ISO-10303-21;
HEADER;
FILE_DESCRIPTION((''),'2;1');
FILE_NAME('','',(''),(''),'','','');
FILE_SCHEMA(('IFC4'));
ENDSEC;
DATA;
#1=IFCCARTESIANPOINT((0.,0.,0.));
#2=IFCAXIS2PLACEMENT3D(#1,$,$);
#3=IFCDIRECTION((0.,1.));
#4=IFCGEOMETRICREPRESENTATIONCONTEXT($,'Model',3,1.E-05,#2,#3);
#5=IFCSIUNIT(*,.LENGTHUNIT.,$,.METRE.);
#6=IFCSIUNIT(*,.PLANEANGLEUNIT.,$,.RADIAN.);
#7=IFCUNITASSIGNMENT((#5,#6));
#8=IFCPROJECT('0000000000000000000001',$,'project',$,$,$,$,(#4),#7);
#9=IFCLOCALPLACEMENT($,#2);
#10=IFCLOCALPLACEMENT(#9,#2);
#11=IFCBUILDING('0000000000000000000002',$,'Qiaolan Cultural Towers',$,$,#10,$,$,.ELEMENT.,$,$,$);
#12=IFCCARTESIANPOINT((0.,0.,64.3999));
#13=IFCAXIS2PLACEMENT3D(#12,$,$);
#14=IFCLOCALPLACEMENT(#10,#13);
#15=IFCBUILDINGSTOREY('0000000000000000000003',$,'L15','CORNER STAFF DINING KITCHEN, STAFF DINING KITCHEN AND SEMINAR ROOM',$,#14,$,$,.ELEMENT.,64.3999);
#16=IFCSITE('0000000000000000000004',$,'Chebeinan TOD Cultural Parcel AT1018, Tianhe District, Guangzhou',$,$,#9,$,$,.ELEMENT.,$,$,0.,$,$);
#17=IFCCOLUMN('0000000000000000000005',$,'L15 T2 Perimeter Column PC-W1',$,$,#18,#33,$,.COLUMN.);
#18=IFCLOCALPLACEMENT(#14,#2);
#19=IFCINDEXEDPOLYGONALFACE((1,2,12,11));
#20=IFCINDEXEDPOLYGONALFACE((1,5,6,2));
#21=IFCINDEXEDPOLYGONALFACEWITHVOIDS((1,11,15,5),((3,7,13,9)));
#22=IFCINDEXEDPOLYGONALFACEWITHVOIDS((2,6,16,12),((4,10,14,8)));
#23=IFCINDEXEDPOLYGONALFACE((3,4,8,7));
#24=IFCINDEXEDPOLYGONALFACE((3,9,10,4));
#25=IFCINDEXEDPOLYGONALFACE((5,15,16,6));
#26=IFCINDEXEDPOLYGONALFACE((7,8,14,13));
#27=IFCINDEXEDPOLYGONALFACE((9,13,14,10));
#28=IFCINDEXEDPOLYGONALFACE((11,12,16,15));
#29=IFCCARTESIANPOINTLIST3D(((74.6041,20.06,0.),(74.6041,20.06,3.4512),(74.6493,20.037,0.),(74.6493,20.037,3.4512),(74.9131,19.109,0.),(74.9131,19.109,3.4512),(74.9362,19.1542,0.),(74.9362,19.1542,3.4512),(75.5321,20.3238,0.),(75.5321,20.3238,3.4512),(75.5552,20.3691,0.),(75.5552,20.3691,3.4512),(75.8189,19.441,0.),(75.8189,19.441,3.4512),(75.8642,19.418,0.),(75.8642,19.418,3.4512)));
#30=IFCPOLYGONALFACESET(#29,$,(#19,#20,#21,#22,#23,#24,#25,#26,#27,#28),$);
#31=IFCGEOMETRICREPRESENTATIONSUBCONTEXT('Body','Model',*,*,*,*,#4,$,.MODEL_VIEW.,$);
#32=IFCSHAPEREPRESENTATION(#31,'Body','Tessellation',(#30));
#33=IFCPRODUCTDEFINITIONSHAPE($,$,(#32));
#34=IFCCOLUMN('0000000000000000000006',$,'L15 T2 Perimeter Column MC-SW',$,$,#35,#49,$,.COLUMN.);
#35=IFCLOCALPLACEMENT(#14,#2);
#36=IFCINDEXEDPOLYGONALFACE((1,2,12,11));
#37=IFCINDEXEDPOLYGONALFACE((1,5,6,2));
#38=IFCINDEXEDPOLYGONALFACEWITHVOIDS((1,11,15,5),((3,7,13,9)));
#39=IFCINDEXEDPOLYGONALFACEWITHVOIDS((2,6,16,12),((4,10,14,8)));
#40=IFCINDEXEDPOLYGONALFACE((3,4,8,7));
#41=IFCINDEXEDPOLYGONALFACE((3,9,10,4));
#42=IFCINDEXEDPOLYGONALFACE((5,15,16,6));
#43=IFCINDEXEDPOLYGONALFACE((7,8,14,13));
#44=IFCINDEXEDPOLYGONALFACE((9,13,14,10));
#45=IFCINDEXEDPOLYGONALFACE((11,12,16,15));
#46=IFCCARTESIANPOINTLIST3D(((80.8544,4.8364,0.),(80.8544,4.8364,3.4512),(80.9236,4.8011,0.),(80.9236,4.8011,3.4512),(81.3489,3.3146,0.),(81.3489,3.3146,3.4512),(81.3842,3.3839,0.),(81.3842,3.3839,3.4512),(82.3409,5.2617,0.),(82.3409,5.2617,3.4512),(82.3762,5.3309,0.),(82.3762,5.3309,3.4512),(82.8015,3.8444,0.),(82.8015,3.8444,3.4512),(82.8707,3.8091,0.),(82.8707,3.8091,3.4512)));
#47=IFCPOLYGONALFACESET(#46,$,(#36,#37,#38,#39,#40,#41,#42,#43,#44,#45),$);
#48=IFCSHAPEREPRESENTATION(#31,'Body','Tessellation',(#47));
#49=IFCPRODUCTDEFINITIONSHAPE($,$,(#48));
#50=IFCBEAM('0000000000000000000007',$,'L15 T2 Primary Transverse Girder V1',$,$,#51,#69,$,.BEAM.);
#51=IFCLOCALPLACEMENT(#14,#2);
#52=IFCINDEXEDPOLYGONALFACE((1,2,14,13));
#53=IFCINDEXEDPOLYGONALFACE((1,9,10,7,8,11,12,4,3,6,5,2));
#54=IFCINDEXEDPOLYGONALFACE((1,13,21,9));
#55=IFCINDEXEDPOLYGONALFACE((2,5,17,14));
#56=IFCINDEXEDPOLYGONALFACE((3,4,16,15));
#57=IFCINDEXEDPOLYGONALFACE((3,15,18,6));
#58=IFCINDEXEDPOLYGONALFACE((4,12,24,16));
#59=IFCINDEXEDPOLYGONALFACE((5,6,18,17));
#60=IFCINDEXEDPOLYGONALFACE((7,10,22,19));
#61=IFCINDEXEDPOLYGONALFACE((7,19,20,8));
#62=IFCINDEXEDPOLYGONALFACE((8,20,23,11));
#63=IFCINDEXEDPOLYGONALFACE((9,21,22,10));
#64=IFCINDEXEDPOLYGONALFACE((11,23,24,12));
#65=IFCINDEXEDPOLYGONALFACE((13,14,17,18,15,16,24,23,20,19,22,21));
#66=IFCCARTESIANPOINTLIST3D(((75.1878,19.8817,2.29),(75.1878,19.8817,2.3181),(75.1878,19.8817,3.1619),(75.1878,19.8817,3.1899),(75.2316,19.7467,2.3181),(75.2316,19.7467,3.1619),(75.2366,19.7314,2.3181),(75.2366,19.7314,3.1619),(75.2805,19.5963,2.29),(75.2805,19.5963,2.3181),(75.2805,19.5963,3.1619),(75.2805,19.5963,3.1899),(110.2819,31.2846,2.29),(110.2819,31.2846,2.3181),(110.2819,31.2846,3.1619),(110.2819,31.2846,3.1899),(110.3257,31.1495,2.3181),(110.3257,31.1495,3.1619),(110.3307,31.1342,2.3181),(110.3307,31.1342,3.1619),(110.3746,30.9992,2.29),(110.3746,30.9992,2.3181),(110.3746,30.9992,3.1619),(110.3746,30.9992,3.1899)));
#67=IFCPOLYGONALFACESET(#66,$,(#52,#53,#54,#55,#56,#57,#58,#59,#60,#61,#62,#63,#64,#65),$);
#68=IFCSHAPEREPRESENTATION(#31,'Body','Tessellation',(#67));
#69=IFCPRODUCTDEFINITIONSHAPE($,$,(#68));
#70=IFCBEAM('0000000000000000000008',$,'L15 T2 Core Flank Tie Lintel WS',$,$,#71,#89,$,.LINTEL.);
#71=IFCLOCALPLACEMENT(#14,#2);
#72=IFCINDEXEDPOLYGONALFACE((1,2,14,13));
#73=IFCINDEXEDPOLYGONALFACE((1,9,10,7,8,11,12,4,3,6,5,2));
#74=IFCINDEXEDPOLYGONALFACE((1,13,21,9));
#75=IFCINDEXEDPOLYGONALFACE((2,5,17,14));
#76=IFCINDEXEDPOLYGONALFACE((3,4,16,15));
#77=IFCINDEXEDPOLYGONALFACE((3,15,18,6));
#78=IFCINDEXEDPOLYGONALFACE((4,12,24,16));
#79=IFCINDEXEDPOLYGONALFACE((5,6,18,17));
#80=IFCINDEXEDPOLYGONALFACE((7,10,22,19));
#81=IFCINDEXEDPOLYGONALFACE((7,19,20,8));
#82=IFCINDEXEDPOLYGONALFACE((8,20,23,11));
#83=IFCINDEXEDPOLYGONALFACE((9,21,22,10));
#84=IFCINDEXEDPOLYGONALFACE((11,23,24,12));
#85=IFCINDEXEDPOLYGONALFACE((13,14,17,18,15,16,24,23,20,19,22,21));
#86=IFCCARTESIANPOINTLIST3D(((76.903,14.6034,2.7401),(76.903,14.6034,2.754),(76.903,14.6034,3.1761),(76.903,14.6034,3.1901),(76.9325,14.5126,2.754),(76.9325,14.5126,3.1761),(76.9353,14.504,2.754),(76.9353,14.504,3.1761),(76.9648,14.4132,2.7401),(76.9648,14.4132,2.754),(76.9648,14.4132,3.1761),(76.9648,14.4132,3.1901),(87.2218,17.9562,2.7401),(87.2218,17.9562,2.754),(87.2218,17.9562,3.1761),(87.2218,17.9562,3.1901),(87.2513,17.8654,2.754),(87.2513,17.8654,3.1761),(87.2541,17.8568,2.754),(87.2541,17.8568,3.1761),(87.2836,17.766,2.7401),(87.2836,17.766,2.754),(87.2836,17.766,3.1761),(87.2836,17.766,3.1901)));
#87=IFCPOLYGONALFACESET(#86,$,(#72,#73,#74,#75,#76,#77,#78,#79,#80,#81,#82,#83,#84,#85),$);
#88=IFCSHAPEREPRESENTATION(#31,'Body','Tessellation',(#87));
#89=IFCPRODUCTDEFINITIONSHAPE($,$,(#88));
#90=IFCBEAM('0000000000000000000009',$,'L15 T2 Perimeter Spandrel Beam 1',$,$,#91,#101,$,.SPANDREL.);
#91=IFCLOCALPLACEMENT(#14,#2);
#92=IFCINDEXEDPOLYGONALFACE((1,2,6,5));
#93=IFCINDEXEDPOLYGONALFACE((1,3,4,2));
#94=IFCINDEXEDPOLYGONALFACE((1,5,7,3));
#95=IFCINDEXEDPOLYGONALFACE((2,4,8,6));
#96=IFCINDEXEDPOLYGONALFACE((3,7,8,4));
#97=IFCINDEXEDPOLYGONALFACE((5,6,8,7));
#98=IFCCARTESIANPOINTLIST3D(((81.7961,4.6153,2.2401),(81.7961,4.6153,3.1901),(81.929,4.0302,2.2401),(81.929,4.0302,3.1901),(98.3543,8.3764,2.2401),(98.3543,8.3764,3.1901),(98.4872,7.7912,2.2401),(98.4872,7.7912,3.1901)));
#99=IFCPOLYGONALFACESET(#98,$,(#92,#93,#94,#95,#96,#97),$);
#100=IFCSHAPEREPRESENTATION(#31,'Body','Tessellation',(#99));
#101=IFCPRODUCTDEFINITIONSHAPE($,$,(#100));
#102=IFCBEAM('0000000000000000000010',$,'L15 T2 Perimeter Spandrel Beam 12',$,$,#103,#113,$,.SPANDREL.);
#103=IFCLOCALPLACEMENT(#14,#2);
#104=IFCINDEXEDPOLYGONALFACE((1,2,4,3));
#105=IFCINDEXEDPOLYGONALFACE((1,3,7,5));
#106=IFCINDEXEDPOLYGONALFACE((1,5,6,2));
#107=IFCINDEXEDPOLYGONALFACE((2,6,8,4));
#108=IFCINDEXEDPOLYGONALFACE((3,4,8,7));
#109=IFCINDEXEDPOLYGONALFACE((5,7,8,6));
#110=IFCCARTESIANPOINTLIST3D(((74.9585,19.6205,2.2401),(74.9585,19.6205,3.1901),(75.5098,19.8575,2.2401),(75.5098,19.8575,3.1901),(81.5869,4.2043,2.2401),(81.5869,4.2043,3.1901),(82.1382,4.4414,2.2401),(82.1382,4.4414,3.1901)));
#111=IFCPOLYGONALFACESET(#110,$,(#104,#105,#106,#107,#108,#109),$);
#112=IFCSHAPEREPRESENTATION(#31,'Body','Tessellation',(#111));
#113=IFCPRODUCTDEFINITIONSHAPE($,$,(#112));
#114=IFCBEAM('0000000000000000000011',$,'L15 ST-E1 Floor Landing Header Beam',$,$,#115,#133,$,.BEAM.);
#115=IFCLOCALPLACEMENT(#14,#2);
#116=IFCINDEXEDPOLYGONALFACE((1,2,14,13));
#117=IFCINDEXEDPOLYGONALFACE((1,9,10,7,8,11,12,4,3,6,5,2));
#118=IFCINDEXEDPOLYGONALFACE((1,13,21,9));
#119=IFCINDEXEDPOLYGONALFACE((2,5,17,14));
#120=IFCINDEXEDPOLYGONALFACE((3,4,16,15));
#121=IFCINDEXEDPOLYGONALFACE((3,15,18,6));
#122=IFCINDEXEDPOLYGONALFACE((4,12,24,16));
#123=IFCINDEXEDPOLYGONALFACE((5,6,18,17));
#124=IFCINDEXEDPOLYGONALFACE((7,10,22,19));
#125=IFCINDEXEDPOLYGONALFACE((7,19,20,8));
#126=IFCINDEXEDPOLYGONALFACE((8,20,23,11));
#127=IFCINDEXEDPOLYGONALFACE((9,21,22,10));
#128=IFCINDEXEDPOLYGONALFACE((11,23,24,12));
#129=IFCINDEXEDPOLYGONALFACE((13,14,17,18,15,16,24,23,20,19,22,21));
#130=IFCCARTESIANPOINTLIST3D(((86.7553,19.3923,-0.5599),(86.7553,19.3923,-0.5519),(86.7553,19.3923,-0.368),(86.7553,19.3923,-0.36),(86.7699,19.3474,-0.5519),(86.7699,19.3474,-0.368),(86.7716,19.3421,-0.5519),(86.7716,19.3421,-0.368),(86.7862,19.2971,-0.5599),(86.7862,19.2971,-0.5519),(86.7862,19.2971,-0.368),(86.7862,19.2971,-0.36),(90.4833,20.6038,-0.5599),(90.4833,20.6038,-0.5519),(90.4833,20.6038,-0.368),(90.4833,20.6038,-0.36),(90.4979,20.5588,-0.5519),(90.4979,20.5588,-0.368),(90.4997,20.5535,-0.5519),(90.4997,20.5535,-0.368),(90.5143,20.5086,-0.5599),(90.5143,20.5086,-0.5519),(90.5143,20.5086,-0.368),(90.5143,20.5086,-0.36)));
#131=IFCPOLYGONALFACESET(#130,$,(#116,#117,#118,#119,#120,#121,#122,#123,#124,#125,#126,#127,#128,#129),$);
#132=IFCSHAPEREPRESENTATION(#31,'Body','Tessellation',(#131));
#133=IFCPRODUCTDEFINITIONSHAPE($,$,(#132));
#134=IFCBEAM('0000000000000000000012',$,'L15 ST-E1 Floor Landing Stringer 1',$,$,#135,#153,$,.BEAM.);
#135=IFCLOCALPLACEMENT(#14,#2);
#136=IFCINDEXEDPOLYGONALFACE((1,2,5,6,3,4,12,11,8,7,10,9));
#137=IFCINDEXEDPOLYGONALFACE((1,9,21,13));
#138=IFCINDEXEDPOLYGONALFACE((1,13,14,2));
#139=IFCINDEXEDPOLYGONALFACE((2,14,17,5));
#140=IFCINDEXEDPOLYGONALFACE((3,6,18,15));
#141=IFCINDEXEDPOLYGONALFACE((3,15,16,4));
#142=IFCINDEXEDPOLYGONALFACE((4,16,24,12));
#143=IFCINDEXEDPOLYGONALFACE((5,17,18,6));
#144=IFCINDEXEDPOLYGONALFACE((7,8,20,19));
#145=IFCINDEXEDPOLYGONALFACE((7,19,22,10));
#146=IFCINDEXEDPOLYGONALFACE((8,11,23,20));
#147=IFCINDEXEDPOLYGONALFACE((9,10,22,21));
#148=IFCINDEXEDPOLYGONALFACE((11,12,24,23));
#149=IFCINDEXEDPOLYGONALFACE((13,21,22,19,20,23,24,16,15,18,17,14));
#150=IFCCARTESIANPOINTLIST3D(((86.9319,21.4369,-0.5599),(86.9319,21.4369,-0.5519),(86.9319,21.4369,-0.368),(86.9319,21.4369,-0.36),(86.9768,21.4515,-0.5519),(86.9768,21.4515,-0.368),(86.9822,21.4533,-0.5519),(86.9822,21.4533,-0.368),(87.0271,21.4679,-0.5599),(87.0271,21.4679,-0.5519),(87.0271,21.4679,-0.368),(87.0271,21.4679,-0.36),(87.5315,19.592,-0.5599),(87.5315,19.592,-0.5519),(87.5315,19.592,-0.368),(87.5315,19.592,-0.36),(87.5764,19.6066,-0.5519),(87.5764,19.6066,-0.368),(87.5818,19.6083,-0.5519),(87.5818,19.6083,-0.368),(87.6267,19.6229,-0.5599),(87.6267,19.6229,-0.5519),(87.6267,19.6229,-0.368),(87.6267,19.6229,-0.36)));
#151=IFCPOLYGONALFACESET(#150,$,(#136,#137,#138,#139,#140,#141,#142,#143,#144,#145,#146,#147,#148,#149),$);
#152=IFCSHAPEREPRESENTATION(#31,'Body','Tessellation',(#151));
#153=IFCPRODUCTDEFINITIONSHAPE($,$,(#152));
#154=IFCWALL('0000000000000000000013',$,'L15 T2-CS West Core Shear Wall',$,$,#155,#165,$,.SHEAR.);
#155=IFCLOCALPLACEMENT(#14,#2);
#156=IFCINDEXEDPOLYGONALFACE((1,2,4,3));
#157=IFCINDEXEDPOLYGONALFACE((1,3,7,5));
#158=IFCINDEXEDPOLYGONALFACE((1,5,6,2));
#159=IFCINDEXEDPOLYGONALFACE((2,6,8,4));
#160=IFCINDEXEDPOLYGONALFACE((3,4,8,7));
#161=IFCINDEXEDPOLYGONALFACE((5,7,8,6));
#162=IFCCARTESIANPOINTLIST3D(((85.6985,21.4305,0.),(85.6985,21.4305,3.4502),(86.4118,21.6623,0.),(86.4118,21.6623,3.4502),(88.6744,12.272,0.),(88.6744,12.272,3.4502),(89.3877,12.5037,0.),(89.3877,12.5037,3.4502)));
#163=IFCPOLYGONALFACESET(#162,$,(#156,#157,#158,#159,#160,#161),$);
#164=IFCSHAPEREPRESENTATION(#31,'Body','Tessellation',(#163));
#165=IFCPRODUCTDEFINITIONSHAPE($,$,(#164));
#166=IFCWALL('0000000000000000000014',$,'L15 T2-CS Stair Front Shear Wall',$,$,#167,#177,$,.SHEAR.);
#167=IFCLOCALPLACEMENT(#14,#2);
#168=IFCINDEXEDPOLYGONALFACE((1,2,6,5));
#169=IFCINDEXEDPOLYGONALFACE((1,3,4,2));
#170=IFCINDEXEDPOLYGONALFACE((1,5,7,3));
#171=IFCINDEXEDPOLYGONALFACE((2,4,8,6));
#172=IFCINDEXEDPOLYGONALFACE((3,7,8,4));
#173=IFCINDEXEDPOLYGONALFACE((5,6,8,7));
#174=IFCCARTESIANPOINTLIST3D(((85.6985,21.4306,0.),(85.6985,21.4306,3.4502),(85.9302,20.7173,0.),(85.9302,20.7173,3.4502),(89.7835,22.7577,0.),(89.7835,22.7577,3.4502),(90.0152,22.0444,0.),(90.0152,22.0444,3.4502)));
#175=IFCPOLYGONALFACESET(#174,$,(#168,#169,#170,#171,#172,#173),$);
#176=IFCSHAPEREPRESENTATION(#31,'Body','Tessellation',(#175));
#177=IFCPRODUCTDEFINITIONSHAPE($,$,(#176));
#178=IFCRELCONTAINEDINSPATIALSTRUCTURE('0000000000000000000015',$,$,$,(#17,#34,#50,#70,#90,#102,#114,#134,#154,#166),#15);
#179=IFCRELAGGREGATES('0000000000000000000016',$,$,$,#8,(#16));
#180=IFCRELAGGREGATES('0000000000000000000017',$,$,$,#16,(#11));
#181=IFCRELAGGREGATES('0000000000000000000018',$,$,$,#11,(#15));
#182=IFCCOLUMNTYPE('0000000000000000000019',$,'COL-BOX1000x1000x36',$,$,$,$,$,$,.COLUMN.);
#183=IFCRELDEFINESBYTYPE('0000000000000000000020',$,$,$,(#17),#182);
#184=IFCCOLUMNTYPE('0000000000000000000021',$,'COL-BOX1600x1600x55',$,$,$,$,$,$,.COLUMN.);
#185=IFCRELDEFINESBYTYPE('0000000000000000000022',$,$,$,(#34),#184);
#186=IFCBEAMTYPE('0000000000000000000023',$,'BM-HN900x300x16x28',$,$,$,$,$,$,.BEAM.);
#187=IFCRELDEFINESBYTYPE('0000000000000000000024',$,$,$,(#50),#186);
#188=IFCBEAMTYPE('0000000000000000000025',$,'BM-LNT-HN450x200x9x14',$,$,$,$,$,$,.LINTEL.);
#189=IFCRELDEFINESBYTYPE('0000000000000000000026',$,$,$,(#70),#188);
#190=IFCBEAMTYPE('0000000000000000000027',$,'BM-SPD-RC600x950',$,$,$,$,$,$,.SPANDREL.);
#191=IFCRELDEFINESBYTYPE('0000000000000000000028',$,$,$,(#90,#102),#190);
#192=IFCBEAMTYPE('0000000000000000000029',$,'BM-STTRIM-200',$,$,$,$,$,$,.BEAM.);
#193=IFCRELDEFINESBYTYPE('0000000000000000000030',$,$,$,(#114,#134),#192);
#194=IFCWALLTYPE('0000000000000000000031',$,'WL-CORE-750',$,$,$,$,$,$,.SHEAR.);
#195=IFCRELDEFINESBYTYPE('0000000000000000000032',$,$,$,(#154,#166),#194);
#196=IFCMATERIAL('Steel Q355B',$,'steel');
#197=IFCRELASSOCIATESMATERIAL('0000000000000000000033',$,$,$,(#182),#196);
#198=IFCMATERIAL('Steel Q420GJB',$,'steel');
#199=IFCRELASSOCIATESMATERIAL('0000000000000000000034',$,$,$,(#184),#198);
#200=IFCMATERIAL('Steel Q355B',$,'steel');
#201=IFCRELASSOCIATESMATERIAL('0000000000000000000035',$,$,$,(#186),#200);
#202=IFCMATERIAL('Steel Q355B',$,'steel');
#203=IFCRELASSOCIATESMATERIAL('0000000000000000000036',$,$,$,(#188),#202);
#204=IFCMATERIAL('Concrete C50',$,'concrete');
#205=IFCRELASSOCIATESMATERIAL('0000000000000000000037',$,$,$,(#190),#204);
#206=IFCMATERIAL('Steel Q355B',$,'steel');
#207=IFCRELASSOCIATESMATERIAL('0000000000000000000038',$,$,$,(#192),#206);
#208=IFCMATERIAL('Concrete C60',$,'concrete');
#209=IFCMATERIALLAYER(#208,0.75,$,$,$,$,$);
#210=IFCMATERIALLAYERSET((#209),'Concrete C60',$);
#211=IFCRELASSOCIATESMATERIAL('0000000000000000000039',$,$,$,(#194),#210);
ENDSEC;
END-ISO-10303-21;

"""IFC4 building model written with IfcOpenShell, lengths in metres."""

from ifc_helpers import new_model, si_unit, direction, frame, frame_2d, origin, origin_2d, place, context, subcontext, project, spatial, rectangle, hollow_rectangle, i_section, extrude, material, layer, layer_set, material_profile, profile_set, type_object, element, save


model = new_model("IFC4")

# Units and contexts
model_context = context("Model", 3, precision=1e-05, world=origin(), true_north=direction((0.0, 1.0)))
body_context = subcontext(model_context, "Body", "Model", "MODEL_VIEW")
ifc_project = project(units=[si_unit("LENGTHUNIT", "METRE"), si_unit("PLANEANGLEUNIT", "RADIAN")], contexts=[model_context])

# Site, building, storey
site_placement = place(None, origin())
site = spatial("IfcSite", under=ifc_project, at=site_placement, Name="Chebeinan TOD Cultural Parcel AT1018, Tianhe District, Guangzhou", CompositionType="ELEMENT", RefElevation=0.0)
building_placement = place(site_placement, origin())
building = spatial("IfcBuilding", under=site, at=building_placement, Name="Qiaolan Cultural Towers", CompositionType="ELEMENT")
storey_placement = place(building_placement, frame((0.0, 0.0, 64.3999)))
storey = spatial("IfcBuildingStorey", under=building, at=storey_placement, Name="L15", Description="CORNER STAFF DINING KITCHEN, STAFF DINING KITCHEN AND SEMINAR ROOM", CompositionType="ELEMENT", Elevation=64.3999)

# Columns
ifc_material_1 = material(Name="Steel Q355B", Category="steel")
ifc_material_profile_1 = material_profile(ifc_material_1, hollow_rectangle(XDim=1.0, YDim=1.0, WallThickness=0.0359, at=origin_2d()), Name="BOX1000x1000x36")
ifc_profile_set_1 = profile_set([ifc_material_profile_1], Name="Steel Q355B")
column_type_1 = type_object("IfcColumnType", Name="COL-BOX1000x1000x36", PredefinedType="COLUMN", material=ifc_profile_set_1)
column_1_placement = place(storey_placement, frame((75.2341, 19.739, 0.0), z_axis=(0.0, 0.0, 1.0), x_axis=(0.951057, 0.309017, 0.0)))
element("IfcColumn", 1, at=column_1_placement, inside=storey, type_object=column_type_1, Name="L15 T2 Perimeter Column PC-W1", PredefinedType="COLUMN", context=body_context, shape_type="SweptSolid", body=[
    extrude(hollow_rectangle(XDim=1.0, YDim=1.0, WallThickness=0.0359, at=origin_2d()), origin(), (0.0, 0.0, 1.0), 3.4512),
])
ifc_material_2 = material(Name="Steel Q420GJB", Category="steel")
ifc_material_profile_2 = material_profile(ifc_material_2, hollow_rectangle(XDim=1.6001, YDim=1.6001, WallThickness=0.0549, at=origin_2d()), Name="BOX1600x1600x55")
ifc_profile_set_2 = profile_set([ifc_material_profile_2], Name="Steel Q420GJB")
column_type_2 = type_object("IfcColumnType", Name="COL-BOX1600x1600x55", PredefinedType="COLUMN", material=ifc_profile_set_2)
column_2_placement = place(storey_placement, frame((81.8625, 4.3228, 0.0), z_axis=(0.0, 0.0, 1.0), x_axis=(0.951057, 0.309017, 0.0)))
element("IfcColumn", 2, at=column_2_placement, inside=storey, type_object=column_type_2, Name="L15 T2 Perimeter Column MC-SW", PredefinedType="COLUMN", context=body_context, shape_type="SweptSolid", body=[
    extrude(hollow_rectangle(XDim=1.6001, YDim=1.6001, WallThickness=0.0549, at=origin_2d()), origin(), (0.0, 0.0, 1.0), 3.4512),
])

# Beams
ifc_material_3 = material(Name="Steel Q355B", Category="steel")
ifc_material_profile_3 = material_profile(ifc_material_3, i_section(OverallWidth=0.3, OverallDepth=0.8999, WebThickness=0.0161, FlangeThickness=0.0281, at=origin_2d()), Name="HN900x300x16x28")
ifc_profile_set_3 = profile_set([ifc_material_profile_3], Name="Steel Q355B")
beam_type_1 = type_object("IfcBeamType", Name="BM-HN900x300x16x28", PredefinedType="BEAM", material=ifc_profile_set_3)
beam_1_placement = place(storey_placement, frame((75.2341, 19.739, 2.74), z_axis=(0.951056, 0.309019, 0.0), x_axis=(-0.309019, 0.951056, 0.0)))
element("IfcBeam", 3, at=beam_1_placement, inside=storey, type_object=beam_type_1, Name="L15 T2 Primary Transverse Girder V1", PredefinedType="BEAM", context=body_context, shape_type="SweptSolid", body=[
    extrude(i_section(OverallWidth=0.3, OverallDepth=0.8999, WebThickness=0.0161, FlangeThickness=0.0281, at=origin_2d()), origin(), (0.0, 0.0, 1.0), 36.9001),
])
ifc_material_4 = material(Name="Steel Q355B", Category="steel")
ifc_material_profile_4 = material_profile(ifc_material_4, i_section(OverallWidth=0.2, OverallDepth=0.45, WebThickness=0.009, FlangeThickness=0.0139, at=origin_2d()), Name="HN450x200x9x14")
ifc_profile_set_4 = profile_set([ifc_material_profile_4], Name="Steel Q355B")
beam_type_2 = type_object("IfcBeamType", Name="BM-LNT-HN450x200x9x14", PredefinedType="LINTEL", material=ifc_profile_set_4)
beam_2_placement = place(storey_placement, frame((87.2527, 17.8611, 2.9651), z_axis=(-0.951057, -0.309016, 0.0), x_axis=(0.309016, -0.951057, 0.0)))
element("IfcBeam", 4, at=beam_2_placement, inside=storey, type_object=beam_type_2, Name="L15 T2 Core Flank Tie Lintel WS", PredefinedType="LINTEL", context=body_context, shape_type="SweptSolid", body=[
    extrude(i_section(OverallWidth=0.2, OverallDepth=0.45, WebThickness=0.009, FlangeThickness=0.0139, at=origin_2d()), origin(), (0.0, 0.0, 1.0), 10.8499),
])
ifc_material_5 = material(Name="Concrete C50", Category="concrete")
ifc_material_profile_5 = material_profile(ifc_material_5, rectangle(XDim=0.6001, YDim=0.95, at=origin_2d()), Name="RC600x950")
ifc_profile_set_5 = profile_set([ifc_material_profile_5], Name="Concrete C50")
beam_type_3 = type_object("IfcBeamType", Name="BM-SPD-RC600x950", PredefinedType="SPANDREL", material=ifc_profile_set_5)
beam_3_placement = place(storey_placement, frame((81.8625, 4.3228, 2.7151), z_axis=(0.975161, 0.221497, 0.0), x_axis=(-0.221497, 0.975161, 0.0)))
element("IfcBeam", 5, at=beam_3_placement, inside=storey, type_object=beam_type_3, Name="L15 T2 Perimeter Spandrel Beam 1", PredefinedType="SPANDREL", context=body_context, shape_type="SweptSolid", body=[
    extrude(rectangle(XDim=0.6001, YDim=0.95, at=origin_2d()), origin(), (0.0, 0.0, 1.0), 16.98),
])
beam_4_placement = place(storey_placement, frame((75.2341, 19.739, 2.7151), z_axis=(0.394999, -0.918682, 0.0), x_axis=(0.918682, 0.394999, 0.0)))
element("IfcBeam", 6, at=beam_4_placement, inside=storey, type_object=beam_type_3, Name="L15 T2 Perimeter Spandrel Beam 12", PredefinedType="SPANDREL", context=body_context, shape_type="SweptSolid", body=[
    extrude(rectangle(XDim=0.6001, YDim=0.95, at=origin_2d()), origin(), (0.0, 0.0, 1.0), 16.7808),
])
ifc_material_6 = material(Name="Steel Q355B", Category="steel")
ifc_material_profile_6 = material_profile(ifc_material_6, i_section(OverallWidth=0.1001, OverallDepth=0.2, WebThickness=0.0056, FlangeThickness=0.0081, at=origin_2d()), Name="HN200x100x5.5x8")
ifc_profile_set_6 = profile_set([ifc_material_profile_6], Name="Steel Q355B")
beam_type_4 = type_object("IfcBeamType", Name="BM-STTRIM-200", PredefinedType="BEAM", material=ifc_profile_set_6)
beam_5_placement = place(storey_placement, frame((86.7708, 19.3447, -0.46), z_axis=(0.951048, 0.309044, 0.0), x_axis=(-0.309044, 0.951048, 0.0)))
element("IfcBeam", 7, at=beam_5_placement, inside=storey, type_object=beam_type_4, Name="L15 ST-E1 Floor Landing Header Beam", PredefinedType="BEAM", context=body_context, shape_type="SweptSolid", body=[
    extrude(i_section(OverallWidth=0.1001, OverallDepth=0.2, WebThickness=0.0056, FlangeThickness=0.0081, at=origin_2d()), origin(), (0.0, 0.0, 1.0), 3.9199),
])
beam_6_placement = place(storey_placement, frame((86.9795, 21.4524, -0.46), z_axis=(0.309083, -0.951035, 0.0), x_axis=(0.951035, 0.309083, 0.0)))
element("IfcBeam", 8, at=beam_6_placement, inside=storey, type_object=beam_type_4, Name="L15 ST-E1 Floor Landing Stringer 1", PredefinedType="BEAM", context=body_context, shape_type="SweptSolid", body=[
    extrude(i_section(OverallWidth=0.1001, OverallDepth=0.2, WebThickness=0.0056, FlangeThickness=0.0081, at=origin_2d()), origin(), (0.0, 0.0, 1.0), 1.9399),
])

# Walls
ifc_material_7 = material(Name="Concrete C60", Category="concrete")
ifc_layer_1 = layer(ifc_material_7, 0.75)
ifc_layer_set_1 = layer_set([ifc_layer_1], Name="Concrete C60")
wall_type_1 = type_object("IfcWallType", Name="WL-CORE-750", PredefinedType="SHEAR", material=ifc_layer_set_1)
wall_1_placement = place(storey_placement, frame((86.0552, 21.5464, 0.0), z_axis=(0.0, 0.0, 1.0), x_axis=(0.309024, -0.951054, 0.0)))
element("IfcWall", 9, at=wall_1_placement, inside=storey, type_object=wall_type_1, Name="L15 T2-CS West Core Shear Wall", PredefinedType="SHEAR", context=body_context, shape_type="SweptSolid", body=[
    extrude(rectangle(XDim=9.6299, YDim=0.75, at=frame_2d((4.8149, 0.0))), origin(), (0.0, 0.0, 1.0), 3.4502),
])
wall_2_placement = place(storey_placement, frame((85.8145, 21.074, 0.0), z_axis=(0.0, 0.0, 1.0), x_axis=(0.951066, 0.308988, 0.0)))
element("IfcWall", 10, at=wall_2_placement, inside=storey, type_object=wall_type_1, Name="L15 T2-CS Stair Front Shear Wall", PredefinedType="SHEAR", context=body_context, shape_type="SweptSolid", body=[
    extrude(rectangle(XDim=4.2952, YDim=0.75, at=frame_2d((2.1475, 0.0))), origin(), (0.0, 0.0, 1.0), 3.4502),
])

save(model, "model.ifc")
